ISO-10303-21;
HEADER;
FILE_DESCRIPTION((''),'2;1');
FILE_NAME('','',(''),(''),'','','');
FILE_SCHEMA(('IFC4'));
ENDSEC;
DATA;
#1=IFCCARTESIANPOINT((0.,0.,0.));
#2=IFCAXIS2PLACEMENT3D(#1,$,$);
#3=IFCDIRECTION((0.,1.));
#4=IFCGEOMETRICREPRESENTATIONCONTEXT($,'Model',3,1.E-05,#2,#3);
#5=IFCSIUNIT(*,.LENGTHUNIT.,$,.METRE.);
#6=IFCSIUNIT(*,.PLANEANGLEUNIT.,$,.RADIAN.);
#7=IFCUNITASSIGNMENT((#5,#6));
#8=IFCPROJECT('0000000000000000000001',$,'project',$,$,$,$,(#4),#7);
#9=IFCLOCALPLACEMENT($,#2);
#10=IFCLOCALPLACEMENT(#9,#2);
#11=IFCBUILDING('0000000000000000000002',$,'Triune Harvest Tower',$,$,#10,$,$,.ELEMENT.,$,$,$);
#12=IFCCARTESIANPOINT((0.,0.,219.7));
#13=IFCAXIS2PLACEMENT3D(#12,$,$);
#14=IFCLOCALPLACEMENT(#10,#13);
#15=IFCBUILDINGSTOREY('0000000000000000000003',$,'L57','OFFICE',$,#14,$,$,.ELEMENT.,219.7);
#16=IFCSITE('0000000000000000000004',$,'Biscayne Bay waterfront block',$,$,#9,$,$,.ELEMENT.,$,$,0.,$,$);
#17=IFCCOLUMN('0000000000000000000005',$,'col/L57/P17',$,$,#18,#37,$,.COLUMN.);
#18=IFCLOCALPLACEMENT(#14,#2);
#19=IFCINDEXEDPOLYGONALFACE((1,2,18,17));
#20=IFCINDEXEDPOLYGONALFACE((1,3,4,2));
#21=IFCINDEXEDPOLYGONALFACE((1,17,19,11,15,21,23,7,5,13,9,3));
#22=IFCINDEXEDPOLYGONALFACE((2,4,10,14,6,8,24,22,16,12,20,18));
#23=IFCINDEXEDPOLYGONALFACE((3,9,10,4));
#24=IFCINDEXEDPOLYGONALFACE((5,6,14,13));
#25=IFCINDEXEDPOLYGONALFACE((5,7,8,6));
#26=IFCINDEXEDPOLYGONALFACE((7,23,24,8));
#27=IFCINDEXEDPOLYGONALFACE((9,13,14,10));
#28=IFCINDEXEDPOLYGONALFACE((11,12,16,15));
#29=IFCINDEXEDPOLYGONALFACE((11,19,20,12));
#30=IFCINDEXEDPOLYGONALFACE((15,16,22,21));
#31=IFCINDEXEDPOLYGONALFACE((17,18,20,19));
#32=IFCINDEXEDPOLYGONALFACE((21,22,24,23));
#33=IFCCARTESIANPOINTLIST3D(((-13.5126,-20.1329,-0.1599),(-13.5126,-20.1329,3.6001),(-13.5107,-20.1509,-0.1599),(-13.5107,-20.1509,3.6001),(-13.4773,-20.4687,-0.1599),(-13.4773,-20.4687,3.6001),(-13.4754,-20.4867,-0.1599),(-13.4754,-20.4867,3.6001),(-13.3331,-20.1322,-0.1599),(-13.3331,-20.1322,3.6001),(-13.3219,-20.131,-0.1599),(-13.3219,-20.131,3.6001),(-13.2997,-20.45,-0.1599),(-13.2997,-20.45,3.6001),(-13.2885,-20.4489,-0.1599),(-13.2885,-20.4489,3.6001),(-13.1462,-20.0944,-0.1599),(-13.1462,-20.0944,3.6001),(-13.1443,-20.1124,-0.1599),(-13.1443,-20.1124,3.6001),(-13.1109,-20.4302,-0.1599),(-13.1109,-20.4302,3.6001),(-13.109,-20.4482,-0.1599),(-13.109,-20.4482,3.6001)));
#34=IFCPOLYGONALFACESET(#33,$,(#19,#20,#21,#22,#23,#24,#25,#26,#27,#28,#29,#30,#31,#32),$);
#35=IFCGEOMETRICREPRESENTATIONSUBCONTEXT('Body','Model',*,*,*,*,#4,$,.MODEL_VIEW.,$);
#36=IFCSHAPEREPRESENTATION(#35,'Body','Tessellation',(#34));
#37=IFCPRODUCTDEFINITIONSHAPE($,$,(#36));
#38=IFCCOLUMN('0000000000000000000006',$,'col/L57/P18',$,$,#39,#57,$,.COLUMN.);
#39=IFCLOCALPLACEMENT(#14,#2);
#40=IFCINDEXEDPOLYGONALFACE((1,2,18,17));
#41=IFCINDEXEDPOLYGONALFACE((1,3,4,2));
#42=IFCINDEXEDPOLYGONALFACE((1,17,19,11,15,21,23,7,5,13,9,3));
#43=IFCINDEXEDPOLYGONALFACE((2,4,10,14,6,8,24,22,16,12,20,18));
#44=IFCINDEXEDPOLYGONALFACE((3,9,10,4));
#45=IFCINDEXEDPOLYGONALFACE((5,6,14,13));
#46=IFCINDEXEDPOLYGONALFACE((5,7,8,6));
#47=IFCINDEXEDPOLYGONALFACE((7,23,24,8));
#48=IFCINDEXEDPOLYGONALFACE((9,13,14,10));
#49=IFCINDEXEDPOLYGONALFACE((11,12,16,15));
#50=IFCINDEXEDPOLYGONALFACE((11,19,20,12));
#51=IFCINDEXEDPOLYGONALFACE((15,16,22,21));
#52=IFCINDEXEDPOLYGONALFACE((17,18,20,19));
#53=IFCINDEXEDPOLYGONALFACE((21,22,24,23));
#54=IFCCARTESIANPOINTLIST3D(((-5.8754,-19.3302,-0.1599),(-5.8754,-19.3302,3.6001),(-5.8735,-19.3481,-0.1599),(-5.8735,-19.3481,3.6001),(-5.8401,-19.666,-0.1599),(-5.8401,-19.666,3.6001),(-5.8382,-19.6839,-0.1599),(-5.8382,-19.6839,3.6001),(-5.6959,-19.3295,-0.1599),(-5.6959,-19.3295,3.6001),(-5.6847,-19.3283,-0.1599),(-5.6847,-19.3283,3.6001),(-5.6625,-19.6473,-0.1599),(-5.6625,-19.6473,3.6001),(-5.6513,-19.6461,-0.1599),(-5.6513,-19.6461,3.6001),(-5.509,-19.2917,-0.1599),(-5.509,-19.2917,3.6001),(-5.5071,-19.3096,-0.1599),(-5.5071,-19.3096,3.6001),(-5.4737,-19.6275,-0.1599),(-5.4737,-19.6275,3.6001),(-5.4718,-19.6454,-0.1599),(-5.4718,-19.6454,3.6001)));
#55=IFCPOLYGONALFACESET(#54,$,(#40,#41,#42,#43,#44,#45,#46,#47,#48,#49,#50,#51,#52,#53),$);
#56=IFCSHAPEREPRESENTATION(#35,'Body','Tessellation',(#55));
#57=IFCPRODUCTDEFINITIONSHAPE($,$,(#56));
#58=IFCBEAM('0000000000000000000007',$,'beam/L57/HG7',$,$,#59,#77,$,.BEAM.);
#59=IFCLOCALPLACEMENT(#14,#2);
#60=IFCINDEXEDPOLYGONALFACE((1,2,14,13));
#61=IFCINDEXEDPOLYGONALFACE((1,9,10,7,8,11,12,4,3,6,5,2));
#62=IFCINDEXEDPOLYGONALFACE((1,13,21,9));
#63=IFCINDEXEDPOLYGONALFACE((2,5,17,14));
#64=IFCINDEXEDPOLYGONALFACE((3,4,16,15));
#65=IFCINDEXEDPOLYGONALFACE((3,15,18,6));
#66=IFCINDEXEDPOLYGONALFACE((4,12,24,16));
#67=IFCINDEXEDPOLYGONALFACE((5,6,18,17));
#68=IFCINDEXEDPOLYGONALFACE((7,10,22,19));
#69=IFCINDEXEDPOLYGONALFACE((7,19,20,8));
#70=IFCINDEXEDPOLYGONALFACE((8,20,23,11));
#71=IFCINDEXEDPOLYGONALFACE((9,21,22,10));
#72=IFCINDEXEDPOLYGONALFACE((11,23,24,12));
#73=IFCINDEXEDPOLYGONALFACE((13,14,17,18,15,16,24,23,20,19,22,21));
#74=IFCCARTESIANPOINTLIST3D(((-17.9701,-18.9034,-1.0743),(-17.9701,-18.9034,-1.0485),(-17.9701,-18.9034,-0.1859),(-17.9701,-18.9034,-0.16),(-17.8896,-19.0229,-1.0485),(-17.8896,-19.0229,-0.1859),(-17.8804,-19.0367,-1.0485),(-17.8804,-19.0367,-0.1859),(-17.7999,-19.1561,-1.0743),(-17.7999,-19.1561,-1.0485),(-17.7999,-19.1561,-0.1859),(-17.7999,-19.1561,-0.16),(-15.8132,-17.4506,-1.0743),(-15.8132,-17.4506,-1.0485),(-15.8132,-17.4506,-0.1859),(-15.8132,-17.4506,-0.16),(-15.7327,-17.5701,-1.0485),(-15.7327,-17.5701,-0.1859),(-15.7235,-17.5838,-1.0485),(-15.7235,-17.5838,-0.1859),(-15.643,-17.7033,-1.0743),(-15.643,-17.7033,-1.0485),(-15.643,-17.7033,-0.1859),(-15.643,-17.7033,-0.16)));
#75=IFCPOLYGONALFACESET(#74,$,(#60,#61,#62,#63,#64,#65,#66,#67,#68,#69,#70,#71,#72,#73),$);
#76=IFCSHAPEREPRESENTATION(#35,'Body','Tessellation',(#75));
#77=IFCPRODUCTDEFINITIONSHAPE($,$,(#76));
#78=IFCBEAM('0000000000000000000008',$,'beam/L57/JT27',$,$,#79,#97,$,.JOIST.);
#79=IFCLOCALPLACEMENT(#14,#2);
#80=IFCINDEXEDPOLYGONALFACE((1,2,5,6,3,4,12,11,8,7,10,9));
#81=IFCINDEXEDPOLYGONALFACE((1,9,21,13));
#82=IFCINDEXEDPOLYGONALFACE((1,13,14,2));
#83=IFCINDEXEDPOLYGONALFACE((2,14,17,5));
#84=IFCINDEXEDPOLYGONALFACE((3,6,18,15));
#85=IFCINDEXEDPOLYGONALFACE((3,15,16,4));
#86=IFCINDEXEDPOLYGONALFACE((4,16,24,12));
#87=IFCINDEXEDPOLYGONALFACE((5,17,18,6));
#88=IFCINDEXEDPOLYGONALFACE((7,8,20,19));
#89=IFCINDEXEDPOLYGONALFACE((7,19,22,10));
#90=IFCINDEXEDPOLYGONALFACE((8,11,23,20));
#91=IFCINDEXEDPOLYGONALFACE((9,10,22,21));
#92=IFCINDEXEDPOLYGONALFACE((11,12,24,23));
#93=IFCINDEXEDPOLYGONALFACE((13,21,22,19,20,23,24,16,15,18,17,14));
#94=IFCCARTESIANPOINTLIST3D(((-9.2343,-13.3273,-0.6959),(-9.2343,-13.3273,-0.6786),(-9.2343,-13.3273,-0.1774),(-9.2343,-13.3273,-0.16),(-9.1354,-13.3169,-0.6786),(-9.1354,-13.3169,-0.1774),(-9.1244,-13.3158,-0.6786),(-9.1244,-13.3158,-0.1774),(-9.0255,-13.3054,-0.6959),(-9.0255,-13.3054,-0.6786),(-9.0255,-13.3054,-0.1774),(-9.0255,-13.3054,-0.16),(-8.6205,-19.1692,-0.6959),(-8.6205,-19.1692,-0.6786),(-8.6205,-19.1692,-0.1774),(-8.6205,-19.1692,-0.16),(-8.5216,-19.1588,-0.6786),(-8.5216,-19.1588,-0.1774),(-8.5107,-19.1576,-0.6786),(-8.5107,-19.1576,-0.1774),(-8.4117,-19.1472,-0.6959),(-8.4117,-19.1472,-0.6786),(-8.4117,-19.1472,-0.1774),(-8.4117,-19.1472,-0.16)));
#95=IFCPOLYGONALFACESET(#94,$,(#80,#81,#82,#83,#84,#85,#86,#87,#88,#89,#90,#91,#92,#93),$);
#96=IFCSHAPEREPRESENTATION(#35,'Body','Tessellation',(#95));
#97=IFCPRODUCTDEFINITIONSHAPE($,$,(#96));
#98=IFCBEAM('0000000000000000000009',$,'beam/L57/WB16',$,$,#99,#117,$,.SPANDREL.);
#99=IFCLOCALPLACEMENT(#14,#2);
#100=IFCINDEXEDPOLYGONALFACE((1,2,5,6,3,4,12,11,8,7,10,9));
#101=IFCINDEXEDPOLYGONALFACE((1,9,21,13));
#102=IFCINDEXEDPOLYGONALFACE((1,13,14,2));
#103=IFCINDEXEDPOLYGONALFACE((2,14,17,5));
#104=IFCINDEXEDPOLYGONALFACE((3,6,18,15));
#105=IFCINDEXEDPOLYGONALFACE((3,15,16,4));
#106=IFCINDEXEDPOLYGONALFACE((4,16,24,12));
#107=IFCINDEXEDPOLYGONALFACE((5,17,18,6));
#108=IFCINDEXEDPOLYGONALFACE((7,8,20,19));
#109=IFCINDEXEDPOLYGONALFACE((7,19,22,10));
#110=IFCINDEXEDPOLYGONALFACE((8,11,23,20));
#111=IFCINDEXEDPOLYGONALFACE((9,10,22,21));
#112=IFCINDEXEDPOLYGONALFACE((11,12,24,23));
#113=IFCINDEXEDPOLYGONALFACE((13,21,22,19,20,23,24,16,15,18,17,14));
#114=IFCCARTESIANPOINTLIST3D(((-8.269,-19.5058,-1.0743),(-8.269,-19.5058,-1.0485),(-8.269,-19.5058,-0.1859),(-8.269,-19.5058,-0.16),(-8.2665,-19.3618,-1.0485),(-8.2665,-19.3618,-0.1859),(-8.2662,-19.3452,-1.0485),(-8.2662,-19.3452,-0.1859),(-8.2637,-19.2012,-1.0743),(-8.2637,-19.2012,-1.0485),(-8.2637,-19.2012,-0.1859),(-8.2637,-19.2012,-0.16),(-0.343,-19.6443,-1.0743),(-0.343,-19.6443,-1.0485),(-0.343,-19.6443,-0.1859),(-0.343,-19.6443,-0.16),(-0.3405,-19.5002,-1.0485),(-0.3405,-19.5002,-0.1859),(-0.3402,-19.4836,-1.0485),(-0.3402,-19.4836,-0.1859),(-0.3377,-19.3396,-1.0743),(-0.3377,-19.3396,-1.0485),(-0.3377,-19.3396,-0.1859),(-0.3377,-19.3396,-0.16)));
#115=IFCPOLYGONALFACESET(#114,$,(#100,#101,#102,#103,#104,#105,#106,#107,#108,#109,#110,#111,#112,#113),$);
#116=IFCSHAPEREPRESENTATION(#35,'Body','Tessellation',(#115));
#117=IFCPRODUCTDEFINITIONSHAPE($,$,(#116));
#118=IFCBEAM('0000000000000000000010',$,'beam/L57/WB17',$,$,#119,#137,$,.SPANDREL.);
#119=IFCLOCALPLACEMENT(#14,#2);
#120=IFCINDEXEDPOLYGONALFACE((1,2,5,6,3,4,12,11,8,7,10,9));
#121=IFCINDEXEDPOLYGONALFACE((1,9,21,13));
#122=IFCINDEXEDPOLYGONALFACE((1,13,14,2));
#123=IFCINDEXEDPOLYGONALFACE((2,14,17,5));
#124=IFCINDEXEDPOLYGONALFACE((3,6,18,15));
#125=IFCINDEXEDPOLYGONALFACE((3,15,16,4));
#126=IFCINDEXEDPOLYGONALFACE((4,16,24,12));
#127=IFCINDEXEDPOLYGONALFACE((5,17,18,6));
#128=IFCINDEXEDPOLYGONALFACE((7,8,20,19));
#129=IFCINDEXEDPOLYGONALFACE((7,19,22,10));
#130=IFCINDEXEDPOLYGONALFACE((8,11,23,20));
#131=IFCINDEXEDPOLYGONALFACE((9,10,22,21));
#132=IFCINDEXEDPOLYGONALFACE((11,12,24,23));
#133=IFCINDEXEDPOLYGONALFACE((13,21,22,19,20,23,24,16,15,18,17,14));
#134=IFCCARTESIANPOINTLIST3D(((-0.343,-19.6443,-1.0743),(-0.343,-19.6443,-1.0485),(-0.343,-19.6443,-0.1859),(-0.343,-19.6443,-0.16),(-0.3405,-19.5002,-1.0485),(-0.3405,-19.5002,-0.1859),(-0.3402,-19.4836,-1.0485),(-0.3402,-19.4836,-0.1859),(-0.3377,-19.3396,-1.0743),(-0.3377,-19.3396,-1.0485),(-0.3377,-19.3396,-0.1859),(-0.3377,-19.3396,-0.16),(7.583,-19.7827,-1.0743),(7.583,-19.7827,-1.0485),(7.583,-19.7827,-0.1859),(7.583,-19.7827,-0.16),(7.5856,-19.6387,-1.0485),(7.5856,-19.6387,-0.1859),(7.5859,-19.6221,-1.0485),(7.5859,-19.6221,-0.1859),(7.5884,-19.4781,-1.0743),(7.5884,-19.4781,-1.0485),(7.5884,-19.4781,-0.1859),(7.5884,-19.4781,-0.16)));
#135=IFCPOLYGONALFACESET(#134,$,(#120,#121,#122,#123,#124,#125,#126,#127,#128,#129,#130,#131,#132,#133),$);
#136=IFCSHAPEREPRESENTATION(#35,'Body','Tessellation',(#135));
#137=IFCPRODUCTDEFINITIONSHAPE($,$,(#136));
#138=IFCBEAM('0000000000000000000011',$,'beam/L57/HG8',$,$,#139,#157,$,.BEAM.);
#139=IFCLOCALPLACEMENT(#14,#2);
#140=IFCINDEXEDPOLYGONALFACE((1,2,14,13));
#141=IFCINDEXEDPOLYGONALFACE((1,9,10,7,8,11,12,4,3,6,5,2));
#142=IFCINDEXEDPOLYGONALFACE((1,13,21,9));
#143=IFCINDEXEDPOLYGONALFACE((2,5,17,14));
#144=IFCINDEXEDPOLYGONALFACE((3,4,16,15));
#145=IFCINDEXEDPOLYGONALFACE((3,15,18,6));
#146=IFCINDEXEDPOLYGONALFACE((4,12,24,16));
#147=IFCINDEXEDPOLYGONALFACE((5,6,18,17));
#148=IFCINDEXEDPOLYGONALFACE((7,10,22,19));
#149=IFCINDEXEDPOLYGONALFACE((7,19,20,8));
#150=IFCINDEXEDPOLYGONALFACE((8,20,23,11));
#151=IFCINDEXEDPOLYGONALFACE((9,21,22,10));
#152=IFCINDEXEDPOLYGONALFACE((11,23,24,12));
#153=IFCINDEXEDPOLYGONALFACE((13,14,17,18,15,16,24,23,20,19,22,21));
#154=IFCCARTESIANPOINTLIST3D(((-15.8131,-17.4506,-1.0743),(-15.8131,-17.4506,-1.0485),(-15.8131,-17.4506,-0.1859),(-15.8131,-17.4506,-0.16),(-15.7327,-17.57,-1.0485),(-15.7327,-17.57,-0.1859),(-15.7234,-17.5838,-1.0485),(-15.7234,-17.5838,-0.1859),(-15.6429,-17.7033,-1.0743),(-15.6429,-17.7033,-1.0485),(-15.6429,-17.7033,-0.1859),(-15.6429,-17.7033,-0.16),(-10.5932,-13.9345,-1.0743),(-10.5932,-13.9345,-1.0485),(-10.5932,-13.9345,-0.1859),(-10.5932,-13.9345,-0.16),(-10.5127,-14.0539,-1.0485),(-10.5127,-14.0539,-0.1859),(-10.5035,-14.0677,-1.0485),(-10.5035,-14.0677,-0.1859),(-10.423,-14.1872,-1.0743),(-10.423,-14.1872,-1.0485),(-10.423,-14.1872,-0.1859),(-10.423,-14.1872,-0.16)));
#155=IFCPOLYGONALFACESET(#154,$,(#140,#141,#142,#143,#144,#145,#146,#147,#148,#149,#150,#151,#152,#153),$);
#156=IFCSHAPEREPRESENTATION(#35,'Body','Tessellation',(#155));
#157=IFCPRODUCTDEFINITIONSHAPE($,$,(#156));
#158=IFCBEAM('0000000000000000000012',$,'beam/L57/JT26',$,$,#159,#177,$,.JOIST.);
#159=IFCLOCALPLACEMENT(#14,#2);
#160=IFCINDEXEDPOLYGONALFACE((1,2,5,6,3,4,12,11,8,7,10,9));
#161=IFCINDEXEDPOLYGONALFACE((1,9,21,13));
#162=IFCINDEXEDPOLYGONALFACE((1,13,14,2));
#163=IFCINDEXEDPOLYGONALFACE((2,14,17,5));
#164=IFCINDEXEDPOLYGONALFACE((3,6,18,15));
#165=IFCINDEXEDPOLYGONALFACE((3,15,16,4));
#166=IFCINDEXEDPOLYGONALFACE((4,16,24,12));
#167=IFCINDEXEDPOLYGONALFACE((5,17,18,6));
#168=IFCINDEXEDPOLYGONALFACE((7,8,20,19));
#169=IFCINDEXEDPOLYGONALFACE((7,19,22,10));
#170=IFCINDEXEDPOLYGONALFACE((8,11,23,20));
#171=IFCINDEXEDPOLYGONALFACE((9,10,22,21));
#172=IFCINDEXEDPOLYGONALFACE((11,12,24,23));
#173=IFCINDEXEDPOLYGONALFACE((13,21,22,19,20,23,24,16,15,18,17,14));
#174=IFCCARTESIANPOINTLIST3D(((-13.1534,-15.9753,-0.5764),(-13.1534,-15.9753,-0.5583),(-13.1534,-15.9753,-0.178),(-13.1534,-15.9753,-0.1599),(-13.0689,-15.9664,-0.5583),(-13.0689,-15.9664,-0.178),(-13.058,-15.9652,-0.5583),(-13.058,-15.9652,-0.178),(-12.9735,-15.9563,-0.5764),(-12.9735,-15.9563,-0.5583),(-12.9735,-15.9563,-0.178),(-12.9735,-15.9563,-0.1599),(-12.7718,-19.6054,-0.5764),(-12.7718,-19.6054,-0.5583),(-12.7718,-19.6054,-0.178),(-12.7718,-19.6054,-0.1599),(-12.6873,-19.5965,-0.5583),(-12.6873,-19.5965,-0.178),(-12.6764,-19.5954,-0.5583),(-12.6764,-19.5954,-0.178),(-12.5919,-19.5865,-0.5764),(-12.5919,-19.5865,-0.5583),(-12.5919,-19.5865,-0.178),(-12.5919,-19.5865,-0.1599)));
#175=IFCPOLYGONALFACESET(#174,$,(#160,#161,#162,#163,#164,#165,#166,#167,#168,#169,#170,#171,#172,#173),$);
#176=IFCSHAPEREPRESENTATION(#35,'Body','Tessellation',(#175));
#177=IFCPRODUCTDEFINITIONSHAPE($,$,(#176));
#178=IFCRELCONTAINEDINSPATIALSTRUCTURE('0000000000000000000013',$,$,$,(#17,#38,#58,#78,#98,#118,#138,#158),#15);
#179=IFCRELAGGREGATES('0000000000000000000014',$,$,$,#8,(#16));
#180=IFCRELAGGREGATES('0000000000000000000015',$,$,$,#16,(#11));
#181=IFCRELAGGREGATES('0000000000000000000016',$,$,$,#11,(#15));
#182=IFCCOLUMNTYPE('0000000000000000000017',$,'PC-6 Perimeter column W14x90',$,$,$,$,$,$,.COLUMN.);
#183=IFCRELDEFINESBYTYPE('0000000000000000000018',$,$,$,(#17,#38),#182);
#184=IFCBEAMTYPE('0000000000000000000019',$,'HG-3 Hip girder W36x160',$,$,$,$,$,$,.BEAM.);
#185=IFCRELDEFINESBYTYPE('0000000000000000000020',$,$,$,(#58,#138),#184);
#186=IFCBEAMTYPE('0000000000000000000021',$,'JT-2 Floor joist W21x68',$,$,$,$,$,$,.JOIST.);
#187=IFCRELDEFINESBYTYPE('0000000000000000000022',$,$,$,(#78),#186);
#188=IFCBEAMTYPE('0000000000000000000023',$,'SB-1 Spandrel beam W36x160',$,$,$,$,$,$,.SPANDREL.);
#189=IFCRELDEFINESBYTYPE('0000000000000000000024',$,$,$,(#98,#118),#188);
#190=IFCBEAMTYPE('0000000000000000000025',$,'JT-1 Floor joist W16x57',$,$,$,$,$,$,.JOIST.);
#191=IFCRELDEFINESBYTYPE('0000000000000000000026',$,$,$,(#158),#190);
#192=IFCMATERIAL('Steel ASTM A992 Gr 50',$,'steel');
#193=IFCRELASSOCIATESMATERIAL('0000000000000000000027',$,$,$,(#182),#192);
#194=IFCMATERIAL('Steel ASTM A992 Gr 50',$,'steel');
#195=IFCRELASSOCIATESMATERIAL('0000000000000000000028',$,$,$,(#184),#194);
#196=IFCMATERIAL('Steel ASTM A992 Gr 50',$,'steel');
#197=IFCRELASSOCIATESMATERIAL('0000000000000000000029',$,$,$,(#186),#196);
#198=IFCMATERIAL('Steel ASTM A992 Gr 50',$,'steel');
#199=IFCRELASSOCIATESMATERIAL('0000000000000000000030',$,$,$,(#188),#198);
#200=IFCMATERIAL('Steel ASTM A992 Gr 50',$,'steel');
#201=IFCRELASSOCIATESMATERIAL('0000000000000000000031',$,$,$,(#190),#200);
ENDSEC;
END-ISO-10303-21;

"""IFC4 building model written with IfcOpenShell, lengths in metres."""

from ifc_helpers import new_model, si_unit, direction, frame, origin, origin_2d, place, context, subcontext, project, spatial, i_section, extrude, source, transform, mapped, material, material_profile, profile_set, type_object, element, save


model = new_model("IFC4")

# Units and contexts
model_context = context("Model", 3, precision=1e-05, world=origin(), true_north=direction((0.0, 1.0)))
body_context = subcontext(model_context, "Body", "Model", "MODEL_VIEW")
ifc_project = project(units=[si_unit("LENGTHUNIT", "METRE"), si_unit("PLANEANGLEUNIT", "RADIAN")], contexts=[model_context])

# Site, building, storey
site_placement = place(None, origin())
site = spatial("IfcSite", under=ifc_project, at=site_placement, Name="Biscayne Bay waterfront block", CompositionType="ELEMENT", RefElevation=0.0)
building_placement = place(site_placement, origin())
building = spatial("IfcBuilding", under=site, at=building_placement, Name="Triune Harvest Tower", CompositionType="ELEMENT")
storey_placement = place(building_placement, frame((0.0, 0.0, 219.7)))
storey = spatial("IfcBuildingStorey", under=building, at=storey_placement, Name="L57", Description="OFFICE", CompositionType="ELEMENT", Elevation=219.7)

# Columns
ifc_material_1 = material(Name="Steel ASTM A992 Gr 50", Category="steel")
ifc_material_profile_1 = material_profile(ifc_material_1, i_section(OverallWidth=0.3684, OverallDepth=0.3557, WebThickness=0.0112, FlangeThickness=0.0181, at=origin_2d()), Name="W14x90")
ifc_profile_set_1 = profile_set([ifc_material_profile_1], Name="Steel ASTM A992 Gr 50")
column_type = type_object("IfcColumnType", Name="PC-6 Perimeter column W14x90", PredefinedType="COLUMN", material=ifc_profile_set_1)
shared_shape_1 = source(origin(), body_context, "Body", "SweptSolid", [
    extrude(i_section(OverallWidth=0.3684, OverallDepth=0.3557, WebThickness=0.0112, FlangeThickness=0.0181, at=origin_2d()), origin(), (0.0, 0.0, 1.0), 3.76),
])
for number, where, z_axis, x_axis, name in (
    (1, (-13.3108, -20.2905, -0.1599), (0.0, 0.0, 1.0), (0.994522, 0.10453, 0.0), "col/L57/P17"),
    (2, (-5.6736, -19.4878, -0.1599), (0.0, 0.0, 1.0), (0.994522, 0.10453, 0.0), "col/L57/P18"),
):
    element("IfcColumn", number, at=place(storey_placement, frame(where, z_axis=z_axis, x_axis=x_axis)), inside=storey, type_object=column_type, Name=name, PredefinedType="COLUMN", context=body_context, shape_type="MappedRepresentation", body=[
        mapped(shared_shape_1, transform((0.0, 0.0, 0.0), scale=1.0)),
    ])

# Beams
ifc_material_2 = material(Name="Steel ASTM A992 Gr 50", Category="steel")
ifc_material_profile_2 = material_profile(ifc_material_2, i_section(OverallWidth=0.3047, OverallDepth=0.9143, WebThickness=0.0166, FlangeThickness=0.0259, at=origin_2d()), Name="W36x160")
ifc_profile_set_2 = profile_set([ifc_material_profile_2], Name="Steel ASTM A992 Gr 50")
beam_type_1 = type_object("IfcBeamType", Name="HG-3 Hip girder W36x160", PredefinedType="BEAM", material=ifc_profile_set_2)
beam_1_placement = place(storey_placement, frame((-17.885, -19.0298, -0.6172), z_axis=(0.829398, 0.558658, 0.0), x_axis=(-0.558658, 0.829398, 0.0)))
element("IfcBeam", 3, at=beam_1_placement, inside=storey, type_object=beam_type_1, Name="beam/L57/HG7", PredefinedType="BEAM", context=body_context, shape_type="SweptSolid", body=[
    extrude(i_section(OverallWidth=0.3047, OverallDepth=0.9143, WebThickness=0.0166, FlangeThickness=0.0259, at=origin_2d()), origin(), (0.0, 0.0, 1.0), 2.6006),
])
ifc_material_3 = material(Name="Steel ASTM A992 Gr 50", Category="steel")
ifc_material_profile_3 = material_profile(ifc_material_3, i_section(OverallWidth=0.21, OverallDepth=0.5359, WebThickness=0.011, FlangeThickness=0.0173, at=origin_2d()), Name="W21x68")
ifc_profile_set_3 = profile_set([ifc_material_profile_3], Name="Steel ASTM A992 Gr 50")
beam_type_2 = type_object("IfcBeamType", Name="JT-2 Floor joist W21x68", PredefinedType="JOIST", material=ifc_profile_set_3)
beam_2_placement = place(storey_placement, frame((-8.5161, -19.1582, -0.428), z_axis=(-0.10449, 0.994526, 0.0), x_axis=(-0.994526, -0.10449, 0.0)))
element("IfcBeam", 4, at=beam_2_placement, inside=storey, type_object=beam_type_2, Name="beam/L57/JT27", PredefinedType="JOIST", context=body_context, shape_type="SweptSolid", body=[
    extrude(i_section(OverallWidth=0.21, OverallDepth=0.5359, WebThickness=0.011, FlangeThickness=0.0173, at=origin_2d()), origin(), (0.0, 0.0, 1.0), 5.874),
])
ifc_material_4 = material(Name="Steel ASTM A992 Gr 50", Category="steel")
ifc_material_profile_4 = material_profile(ifc_material_4, i_section(OverallWidth=0.3047, OverallDepth=0.9143, WebThickness=0.0166, FlangeThickness=0.0259, at=origin_2d()), Name="W36x160")
ifc_profile_set_4 = profile_set([ifc_material_profile_4], Name="Steel ASTM A992 Gr 50")
beam_type_3 = type_object("IfcBeamType", Name="SB-1 Spandrel beam W36x160", PredefinedType="SPANDREL", material=ifc_profile_set_4)
shared_shape_2 = source(origin(), body_context, "Body", "SweptSolid", [
    extrude(i_section(OverallWidth=0.3047, OverallDepth=0.9143, WebThickness=0.0166, FlangeThickness=0.0259, at=origin_2d()), origin(), (0.0, 0.0, 1.0), 7.9272),
])
for number, where, z_axis, x_axis, name in (
    (5, (-8.2664, -19.3535, -0.6172), (0.999848, -0.017462, 0.0), (0.017462, 0.999848, 0.0), "beam/L57/WB16"),
    (6, (-0.3403, -19.4919, -0.6172), (0.999848, -0.017462, 0.0), (0.017462, 0.999848, 0.0), "beam/L57/WB17"),
):
    element("IfcBeam", number, at=place(storey_placement, frame(where, z_axis=z_axis, x_axis=x_axis)), inside=storey, type_object=beam_type_3, Name=name, PredefinedType="SPANDREL", context=body_context, shape_type="MappedRepresentation", body=[
        mapped(shared_shape_2, transform((0.0, 0.0, 0.0), scale=1.0)),
    ])
shared_shape_3 = source(origin(), body_context, "Body", "SweptSolid", [
    extrude(i_section(OverallWidth=0.3047, OverallDepth=0.9143, WebThickness=0.0166, FlangeThickness=0.0259, at=origin_2d()), origin(), (0.0, 0.0, 1.0), 6.2937),
])
beam_3_placement = place(storey_placement, frame((-15.728, -17.5769, -0.6172), z_axis=(0.829391, 0.558668, 0.0), x_axis=(-0.558668, 0.829391, 0.0)))
element("IfcBeam", 7, at=beam_3_placement, inside=storey, type_object=beam_type_1, Name="beam/L57/HG8", PredefinedType="BEAM", context=body_context, shape_type="MappedRepresentation", body=[
    mapped(shared_shape_3, transform((0.0, 0.0, 0.0), scale=1.0)),
])
ifc_material_5 = material(Name="Steel ASTM A992 Gr 50", Category="steel")
ifc_material_profile_5 = material_profile(ifc_material_5, i_section(OverallWidth=0.1809, OverallDepth=0.4165, WebThickness=0.011, FlangeThickness=0.0181, at=origin_2d()), Name="W16x57")
ifc_profile_set_5 = profile_set([ifc_material_profile_5], Name="Steel ASTM A992 Gr 50")
beam_type_4 = type_object("IfcBeamType", Name="JT-1 Floor joist W16x57", PredefinedType="JOIST", material=ifc_profile_set_5)
shared_shape_4 = source(origin(), body_context, "Body", "SweptSolid", [
    extrude(i_section(OverallWidth=0.1809, OverallDepth=0.4165, WebThickness=0.011, FlangeThickness=0.0181, at=origin_2d()), origin(), (0.0, 0.0, 1.0), 3.6501),
])
beam_4_placement = place(storey_placement, frame((-12.6819, -19.5959, -0.3682), z_axis=(-0.104542, 0.99452, 0.0), x_axis=(-0.99452, -0.104542, 0.0)))
element("IfcBeam", 8, at=beam_4_placement, inside=storey, type_object=beam_type_4, Name="beam/L57/JT26", PredefinedType="JOIST", context=body_context, shape_type="MappedRepresentation", body=[
    mapped(shared_shape_4, transform((0.0, 0.0, 0.0), scale=1.0)),
])

save(model, "model.ifc")
